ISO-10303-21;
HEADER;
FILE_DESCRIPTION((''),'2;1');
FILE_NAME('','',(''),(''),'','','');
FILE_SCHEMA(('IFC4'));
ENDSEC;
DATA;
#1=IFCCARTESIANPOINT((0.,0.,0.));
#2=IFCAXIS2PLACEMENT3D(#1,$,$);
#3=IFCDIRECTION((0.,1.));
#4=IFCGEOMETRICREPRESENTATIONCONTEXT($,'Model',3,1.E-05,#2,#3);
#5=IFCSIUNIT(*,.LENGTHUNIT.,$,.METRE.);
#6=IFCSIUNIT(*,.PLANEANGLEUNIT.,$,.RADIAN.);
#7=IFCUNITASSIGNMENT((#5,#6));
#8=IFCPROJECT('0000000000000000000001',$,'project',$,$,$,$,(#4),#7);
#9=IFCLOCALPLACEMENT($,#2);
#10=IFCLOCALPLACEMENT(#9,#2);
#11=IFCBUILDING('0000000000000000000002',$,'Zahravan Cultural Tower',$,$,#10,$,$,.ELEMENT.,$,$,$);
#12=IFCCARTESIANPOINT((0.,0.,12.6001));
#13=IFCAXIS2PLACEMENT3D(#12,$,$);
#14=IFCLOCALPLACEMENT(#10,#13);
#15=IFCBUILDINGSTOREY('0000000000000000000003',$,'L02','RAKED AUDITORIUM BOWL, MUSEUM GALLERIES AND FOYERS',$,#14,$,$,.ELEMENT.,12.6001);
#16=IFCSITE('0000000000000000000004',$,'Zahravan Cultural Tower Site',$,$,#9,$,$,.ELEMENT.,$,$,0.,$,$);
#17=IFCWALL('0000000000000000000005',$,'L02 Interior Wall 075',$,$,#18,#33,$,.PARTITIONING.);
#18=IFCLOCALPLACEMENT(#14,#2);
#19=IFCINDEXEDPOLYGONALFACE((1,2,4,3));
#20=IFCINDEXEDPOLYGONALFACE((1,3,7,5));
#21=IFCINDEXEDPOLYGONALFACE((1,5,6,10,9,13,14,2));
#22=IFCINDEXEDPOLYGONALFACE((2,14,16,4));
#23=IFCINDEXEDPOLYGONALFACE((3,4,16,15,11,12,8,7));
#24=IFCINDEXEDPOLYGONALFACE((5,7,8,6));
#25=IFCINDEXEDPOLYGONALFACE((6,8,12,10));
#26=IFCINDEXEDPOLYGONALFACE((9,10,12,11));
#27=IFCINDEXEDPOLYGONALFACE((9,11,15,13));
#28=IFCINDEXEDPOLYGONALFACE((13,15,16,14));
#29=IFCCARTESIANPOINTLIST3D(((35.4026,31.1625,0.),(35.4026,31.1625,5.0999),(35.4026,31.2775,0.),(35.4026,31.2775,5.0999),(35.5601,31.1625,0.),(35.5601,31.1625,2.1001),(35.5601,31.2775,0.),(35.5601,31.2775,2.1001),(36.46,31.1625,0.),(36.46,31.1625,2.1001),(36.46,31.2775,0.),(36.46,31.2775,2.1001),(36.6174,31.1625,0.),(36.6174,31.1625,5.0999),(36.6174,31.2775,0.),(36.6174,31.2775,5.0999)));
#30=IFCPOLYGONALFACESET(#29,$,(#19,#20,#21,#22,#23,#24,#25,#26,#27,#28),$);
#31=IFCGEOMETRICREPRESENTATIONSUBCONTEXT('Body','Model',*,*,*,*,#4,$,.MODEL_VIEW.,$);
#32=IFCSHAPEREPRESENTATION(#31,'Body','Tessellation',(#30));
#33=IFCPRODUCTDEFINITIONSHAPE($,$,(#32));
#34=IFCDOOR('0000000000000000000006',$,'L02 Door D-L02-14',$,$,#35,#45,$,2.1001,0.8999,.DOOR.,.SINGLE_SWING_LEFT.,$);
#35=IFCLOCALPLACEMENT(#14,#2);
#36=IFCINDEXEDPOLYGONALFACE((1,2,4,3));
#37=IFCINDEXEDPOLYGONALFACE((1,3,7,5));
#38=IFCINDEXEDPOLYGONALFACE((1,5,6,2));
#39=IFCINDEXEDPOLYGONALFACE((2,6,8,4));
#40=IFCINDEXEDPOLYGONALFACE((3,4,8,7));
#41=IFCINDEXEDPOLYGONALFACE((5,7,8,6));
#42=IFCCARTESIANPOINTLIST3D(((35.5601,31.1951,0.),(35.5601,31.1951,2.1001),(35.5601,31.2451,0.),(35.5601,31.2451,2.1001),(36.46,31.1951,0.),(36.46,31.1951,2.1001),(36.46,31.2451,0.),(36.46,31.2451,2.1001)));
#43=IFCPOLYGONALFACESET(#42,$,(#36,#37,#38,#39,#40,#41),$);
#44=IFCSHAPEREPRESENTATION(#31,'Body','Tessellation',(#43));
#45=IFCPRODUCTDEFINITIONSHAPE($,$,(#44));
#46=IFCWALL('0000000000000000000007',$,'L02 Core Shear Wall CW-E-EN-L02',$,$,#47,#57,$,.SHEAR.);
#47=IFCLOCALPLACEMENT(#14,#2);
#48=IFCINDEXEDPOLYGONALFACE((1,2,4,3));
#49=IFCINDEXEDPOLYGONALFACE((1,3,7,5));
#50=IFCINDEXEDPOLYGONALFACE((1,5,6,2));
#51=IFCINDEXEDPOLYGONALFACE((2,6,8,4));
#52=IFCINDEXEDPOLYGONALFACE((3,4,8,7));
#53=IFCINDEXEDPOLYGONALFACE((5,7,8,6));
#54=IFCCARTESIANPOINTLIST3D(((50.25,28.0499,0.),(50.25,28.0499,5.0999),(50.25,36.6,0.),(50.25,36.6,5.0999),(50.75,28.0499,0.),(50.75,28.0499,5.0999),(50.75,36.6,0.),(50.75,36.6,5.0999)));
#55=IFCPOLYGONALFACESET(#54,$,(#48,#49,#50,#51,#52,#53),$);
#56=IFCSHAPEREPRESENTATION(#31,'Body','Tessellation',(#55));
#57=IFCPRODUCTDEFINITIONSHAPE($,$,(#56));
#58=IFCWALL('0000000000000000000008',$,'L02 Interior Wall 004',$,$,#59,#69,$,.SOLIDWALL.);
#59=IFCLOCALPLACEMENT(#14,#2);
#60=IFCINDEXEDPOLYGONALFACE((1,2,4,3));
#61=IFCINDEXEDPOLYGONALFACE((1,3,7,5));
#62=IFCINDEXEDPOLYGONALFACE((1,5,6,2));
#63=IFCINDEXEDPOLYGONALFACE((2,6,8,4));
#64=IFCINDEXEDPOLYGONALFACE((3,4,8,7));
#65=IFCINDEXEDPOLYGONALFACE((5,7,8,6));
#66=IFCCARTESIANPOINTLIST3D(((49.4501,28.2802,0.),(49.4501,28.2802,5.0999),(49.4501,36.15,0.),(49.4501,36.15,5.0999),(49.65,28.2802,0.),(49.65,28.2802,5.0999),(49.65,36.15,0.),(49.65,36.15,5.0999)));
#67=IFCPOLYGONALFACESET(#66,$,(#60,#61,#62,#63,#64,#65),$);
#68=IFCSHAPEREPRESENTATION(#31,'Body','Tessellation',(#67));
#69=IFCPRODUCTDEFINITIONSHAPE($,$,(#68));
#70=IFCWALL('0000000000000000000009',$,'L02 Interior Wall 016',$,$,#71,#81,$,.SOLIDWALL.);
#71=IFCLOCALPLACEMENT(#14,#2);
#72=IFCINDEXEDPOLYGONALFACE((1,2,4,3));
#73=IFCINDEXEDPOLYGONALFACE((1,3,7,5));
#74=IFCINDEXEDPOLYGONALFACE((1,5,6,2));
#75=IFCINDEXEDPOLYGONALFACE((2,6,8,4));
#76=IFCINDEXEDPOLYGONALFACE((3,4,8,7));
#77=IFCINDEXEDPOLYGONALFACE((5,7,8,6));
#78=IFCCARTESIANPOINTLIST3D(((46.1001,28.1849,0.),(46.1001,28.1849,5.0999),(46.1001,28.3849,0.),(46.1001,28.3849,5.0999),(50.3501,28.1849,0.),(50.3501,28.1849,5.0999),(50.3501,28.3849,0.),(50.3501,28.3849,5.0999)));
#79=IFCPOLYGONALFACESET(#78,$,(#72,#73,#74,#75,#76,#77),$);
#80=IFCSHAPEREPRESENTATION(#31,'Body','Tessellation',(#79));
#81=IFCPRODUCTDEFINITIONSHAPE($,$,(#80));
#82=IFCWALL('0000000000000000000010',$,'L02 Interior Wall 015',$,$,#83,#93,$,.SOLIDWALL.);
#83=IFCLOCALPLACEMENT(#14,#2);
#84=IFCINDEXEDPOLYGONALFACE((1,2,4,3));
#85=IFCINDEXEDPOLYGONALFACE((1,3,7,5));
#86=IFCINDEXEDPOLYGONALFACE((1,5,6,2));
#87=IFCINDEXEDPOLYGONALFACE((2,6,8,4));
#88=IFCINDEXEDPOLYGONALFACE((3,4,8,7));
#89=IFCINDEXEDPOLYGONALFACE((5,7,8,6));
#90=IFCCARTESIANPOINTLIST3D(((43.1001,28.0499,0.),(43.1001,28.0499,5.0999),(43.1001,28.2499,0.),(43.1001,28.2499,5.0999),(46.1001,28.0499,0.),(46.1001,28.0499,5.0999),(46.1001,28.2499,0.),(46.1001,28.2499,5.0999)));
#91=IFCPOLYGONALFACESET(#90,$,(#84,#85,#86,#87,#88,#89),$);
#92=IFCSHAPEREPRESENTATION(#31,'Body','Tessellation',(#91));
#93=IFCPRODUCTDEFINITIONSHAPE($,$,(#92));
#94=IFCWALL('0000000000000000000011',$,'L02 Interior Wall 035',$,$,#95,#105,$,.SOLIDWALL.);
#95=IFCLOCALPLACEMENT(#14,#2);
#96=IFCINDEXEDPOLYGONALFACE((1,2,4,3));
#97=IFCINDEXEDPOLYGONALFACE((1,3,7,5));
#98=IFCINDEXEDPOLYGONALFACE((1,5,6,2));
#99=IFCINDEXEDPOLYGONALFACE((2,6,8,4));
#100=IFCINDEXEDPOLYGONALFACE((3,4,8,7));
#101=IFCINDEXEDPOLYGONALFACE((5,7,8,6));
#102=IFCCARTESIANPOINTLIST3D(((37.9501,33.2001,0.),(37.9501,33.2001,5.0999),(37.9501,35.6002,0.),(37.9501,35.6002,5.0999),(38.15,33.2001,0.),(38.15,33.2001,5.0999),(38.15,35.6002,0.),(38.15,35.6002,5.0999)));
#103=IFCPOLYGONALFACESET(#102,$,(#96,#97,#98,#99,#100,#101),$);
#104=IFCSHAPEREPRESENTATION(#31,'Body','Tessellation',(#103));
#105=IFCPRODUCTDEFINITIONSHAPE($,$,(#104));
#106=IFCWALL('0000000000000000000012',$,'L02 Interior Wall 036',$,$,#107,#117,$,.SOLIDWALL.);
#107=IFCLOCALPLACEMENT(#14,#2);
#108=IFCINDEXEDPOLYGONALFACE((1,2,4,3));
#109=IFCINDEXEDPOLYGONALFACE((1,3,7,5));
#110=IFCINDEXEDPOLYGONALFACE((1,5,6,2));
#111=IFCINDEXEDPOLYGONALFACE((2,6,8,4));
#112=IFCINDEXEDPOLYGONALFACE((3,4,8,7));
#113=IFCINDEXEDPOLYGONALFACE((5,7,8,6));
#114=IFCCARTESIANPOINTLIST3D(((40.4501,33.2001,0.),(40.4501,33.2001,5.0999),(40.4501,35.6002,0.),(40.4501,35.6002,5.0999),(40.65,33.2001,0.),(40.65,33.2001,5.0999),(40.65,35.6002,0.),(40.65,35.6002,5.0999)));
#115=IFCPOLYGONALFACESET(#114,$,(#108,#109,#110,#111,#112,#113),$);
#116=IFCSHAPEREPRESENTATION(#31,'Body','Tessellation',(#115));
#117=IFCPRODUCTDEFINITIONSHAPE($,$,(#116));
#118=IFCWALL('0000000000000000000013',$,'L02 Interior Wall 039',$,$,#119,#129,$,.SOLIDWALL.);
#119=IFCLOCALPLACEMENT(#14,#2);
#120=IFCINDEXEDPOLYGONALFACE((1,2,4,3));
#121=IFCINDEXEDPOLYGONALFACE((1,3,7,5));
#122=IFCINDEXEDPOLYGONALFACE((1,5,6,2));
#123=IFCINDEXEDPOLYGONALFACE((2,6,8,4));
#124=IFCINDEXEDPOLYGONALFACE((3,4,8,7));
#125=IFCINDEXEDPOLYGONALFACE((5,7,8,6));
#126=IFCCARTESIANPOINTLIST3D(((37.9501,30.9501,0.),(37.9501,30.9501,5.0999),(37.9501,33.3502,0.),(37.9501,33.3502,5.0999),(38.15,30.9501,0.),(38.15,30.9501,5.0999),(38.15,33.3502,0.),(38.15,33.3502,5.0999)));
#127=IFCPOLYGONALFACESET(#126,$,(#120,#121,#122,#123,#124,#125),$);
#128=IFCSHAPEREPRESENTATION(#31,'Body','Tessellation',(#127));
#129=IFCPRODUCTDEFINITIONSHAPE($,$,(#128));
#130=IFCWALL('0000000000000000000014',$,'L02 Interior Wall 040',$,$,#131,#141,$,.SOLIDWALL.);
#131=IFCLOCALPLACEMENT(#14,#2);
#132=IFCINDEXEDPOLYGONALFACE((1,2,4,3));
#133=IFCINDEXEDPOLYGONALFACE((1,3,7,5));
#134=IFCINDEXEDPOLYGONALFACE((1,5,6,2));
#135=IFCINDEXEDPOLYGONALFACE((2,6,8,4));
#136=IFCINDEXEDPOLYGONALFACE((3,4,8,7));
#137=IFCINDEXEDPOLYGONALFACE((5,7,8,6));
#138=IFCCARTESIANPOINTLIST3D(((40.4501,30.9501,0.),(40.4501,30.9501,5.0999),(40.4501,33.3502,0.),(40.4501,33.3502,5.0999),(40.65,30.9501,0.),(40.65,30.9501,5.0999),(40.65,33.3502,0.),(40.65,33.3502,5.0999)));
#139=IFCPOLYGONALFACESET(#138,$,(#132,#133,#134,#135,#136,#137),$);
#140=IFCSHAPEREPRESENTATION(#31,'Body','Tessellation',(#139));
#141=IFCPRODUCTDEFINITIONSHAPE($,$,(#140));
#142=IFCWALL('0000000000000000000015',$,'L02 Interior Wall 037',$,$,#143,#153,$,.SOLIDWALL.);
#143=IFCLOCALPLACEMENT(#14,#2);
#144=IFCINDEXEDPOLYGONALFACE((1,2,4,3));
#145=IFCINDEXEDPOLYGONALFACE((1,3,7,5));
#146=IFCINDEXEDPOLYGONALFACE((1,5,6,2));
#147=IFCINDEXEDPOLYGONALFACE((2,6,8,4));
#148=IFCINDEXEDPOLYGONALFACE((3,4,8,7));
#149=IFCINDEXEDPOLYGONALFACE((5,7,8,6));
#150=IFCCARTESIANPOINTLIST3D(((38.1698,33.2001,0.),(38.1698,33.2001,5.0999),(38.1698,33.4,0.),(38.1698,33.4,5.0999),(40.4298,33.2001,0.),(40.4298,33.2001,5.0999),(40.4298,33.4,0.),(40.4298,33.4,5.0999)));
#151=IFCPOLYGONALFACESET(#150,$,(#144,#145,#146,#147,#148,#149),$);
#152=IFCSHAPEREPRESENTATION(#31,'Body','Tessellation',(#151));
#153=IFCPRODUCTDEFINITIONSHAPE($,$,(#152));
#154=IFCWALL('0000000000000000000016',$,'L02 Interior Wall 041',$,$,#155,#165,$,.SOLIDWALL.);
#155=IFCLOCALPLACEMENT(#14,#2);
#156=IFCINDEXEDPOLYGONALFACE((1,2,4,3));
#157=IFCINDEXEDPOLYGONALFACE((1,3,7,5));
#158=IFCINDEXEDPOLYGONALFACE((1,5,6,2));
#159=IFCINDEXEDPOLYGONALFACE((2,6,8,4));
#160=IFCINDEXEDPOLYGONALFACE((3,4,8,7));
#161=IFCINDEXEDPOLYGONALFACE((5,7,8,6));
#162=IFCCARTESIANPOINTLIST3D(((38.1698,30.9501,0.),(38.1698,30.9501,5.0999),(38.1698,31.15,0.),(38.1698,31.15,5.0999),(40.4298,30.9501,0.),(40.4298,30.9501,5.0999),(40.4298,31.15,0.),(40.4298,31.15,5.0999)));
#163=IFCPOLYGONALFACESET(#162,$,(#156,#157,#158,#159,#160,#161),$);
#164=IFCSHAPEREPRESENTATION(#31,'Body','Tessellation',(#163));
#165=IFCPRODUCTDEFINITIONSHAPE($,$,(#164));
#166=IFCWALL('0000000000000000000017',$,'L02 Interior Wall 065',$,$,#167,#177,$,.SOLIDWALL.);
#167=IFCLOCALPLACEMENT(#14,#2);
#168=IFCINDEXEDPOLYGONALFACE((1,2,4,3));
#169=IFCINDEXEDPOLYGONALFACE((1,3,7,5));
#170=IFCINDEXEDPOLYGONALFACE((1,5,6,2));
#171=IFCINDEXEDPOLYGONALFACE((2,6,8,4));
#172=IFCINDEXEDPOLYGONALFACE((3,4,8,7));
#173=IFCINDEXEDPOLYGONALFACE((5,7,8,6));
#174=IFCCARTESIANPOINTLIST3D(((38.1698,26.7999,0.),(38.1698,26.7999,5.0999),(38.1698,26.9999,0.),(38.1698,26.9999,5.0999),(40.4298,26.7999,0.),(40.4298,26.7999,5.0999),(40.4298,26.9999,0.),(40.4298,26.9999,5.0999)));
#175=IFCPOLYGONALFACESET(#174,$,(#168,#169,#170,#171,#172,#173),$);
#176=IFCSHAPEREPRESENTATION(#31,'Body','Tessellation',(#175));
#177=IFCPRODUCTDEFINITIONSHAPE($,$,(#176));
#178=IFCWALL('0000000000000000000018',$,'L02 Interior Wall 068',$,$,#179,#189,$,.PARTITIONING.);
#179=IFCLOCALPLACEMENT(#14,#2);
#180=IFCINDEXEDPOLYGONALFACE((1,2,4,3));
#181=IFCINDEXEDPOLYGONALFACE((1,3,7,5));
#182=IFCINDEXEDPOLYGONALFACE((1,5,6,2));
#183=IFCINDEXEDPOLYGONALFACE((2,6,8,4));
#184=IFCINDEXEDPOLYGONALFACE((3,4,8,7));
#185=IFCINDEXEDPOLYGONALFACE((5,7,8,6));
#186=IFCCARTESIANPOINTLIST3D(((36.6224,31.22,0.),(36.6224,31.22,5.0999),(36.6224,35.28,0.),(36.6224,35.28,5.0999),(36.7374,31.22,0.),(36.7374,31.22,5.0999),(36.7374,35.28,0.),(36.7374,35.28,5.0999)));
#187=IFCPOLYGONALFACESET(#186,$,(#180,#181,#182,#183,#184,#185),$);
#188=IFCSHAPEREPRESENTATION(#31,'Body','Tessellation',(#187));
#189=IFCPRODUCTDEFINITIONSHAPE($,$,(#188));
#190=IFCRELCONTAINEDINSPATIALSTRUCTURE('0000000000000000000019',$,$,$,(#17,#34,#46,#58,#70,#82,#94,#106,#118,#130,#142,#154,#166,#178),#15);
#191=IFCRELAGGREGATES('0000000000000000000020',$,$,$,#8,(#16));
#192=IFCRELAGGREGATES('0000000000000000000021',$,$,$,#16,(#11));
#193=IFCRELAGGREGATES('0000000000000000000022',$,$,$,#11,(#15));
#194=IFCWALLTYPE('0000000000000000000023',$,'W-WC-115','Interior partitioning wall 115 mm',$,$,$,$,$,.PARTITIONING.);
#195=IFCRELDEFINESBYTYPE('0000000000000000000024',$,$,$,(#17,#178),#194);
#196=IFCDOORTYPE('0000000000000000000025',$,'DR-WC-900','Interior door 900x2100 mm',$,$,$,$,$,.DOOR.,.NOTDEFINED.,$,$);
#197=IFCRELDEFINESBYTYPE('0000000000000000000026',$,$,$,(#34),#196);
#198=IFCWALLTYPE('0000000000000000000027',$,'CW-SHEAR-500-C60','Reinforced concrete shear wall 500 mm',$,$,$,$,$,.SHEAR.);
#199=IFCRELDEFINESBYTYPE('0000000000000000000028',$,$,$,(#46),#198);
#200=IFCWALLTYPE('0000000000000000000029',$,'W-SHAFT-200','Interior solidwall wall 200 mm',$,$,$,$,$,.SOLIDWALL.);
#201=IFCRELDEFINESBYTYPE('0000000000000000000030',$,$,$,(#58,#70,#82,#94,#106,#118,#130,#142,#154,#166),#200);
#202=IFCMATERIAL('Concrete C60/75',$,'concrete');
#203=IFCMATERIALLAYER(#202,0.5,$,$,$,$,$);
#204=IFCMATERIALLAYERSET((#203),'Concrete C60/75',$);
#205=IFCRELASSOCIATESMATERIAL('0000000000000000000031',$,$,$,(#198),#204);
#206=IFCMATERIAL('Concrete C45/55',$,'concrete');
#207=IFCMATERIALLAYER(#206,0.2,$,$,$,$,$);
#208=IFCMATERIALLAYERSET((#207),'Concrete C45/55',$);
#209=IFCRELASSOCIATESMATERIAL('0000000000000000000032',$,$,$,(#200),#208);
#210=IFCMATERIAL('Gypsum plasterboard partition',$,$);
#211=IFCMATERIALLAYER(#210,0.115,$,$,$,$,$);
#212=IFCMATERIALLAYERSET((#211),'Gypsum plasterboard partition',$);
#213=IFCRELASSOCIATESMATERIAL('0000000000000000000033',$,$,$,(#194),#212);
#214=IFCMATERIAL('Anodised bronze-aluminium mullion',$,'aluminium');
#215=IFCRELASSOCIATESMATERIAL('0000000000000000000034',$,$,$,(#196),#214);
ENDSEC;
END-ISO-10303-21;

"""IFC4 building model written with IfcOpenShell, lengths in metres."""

from ifc_helpers import new_model, si_unit, direction, frame, frame_2d, origin, place, context, subcontext, project, spatial, rectangle, extrude, source, transform, mapped, material, layer, layer_set, type_object, element, fill, save


model = new_model("IFC4")

# Units and contexts
model_context = context("Model", 3, precision=1e-05, world=origin(), true_north=direction((0.0, 1.0)))
body_context = subcontext(model_context, "Body", "Model", "MODEL_VIEW")
ifc_project = project(units=[si_unit("LENGTHUNIT", "METRE"), si_unit("PLANEANGLEUNIT", "RADIAN")], contexts=[model_context])

# Site, building, storey
site_placement = place(None, origin())
site = spatial("IfcSite", under=ifc_project, at=site_placement, Name="Zahravan Cultural Tower Site", CompositionType="ELEMENT", RefElevation=0.0)
building_placement = place(site_placement, origin())
building = spatial("IfcBuilding", under=site, at=building_placement, Name="Zahravan Cultural Tower", CompositionType="ELEMENT")
storey_placement = place(building_placement, frame((0.0, 0.0, 12.6001)))
storey = spatial("IfcBuildingStorey", under=building, at=storey_placement, Name="L02", Description="RAKED AUDITORIUM BOWL, MUSEUM GALLERIES AND FOYERS", CompositionType="ELEMENT", Elevation=12.6001)

# Wall, opening, door
ifc_material_1 = material(Name="Concrete C60/75", Category="concrete")
ifc_layer_1 = layer(ifc_material_1, 0.5)
ifc_layer_set_1 = layer_set([ifc_layer_1], Name="Concrete C60/75")
wall_type_1 = type_object("IfcWallType", Name="CW-SHEAR-500-C60", Description="Reinforced concrete shear wall 500 mm", PredefinedType="SHEAR", material=ifc_layer_set_1)
ifc_material_2 = material(Name="Gypsum plasterboard partition")
ifc_material_3 = material(Name="Anodised bronze-aluminium mullion", Category="aluminium")
ifc_material_4 = material(Name="Concrete C45/55", Category="concrete")
ifc_layer_2 = layer(ifc_material_4, 0.2)
ifc_layer_set_2 = layer_set([ifc_layer_2], Name="Concrete C45/55")
wall_type_2 = type_object("IfcWallType", Name="W-SHAFT-200", Description="Interior solidwall wall 200 mm", PredefinedType="SOLIDWALL", material=ifc_layer_set_2)
ifc_layer_3 = layer(ifc_material_2, 0.115)
ifc_layer_set_3 = layer_set([ifc_layer_3], Name="Gypsum plasterboard partition")
wall_type_3 = type_object("IfcWallType", Name="W-WC-115", Description="Interior partitioning wall 115 mm", PredefinedType="PARTITIONING", material=ifc_layer_set_3)
door_type_1 = type_object("IfcDoorType", Name="DR-WC-900", Description="Interior door 900x2100 mm", OperationType="NOTDEFINED", PredefinedType="DOOR", material=ifc_material_3)
shared_shape_1 = source(origin(), body_context, "Body", "SweptSolid", [
    extrude(rectangle(XDim=0.8999, YDim=2.1001, at=frame_2d((0.45, 1.05))), frame((0.0, 0.0249, 0.0), z_axis=(0.0, -1.0, 0.0), x_axis=(1.0, 0.0, 0.0)), (0.0, 0.0, 1.0), 0.05),
])
wall_1_placement = place(storey_placement, frame((36.6174, 31.22, 0.0), z_axis=(0.0, 0.0, 1.0), x_axis=(-1.0, 0.0, 0.0)))
wall_1 = element("IfcWall", 1, at=wall_1_placement, inside=storey, type_object=wall_type_3, Name="L02 Interior Wall 075", PredefinedType="PARTITIONING", context=body_context, shape_type="SweptSolid", body=[
    extrude(rectangle(XDim=1.2148, YDim=0.115, at=frame_2d((0.6074, 0.0))), origin(), (0.0, 0.0, 1.0), 5.0999),
])
opening_1_placement = place(wall_1_placement, frame((0.1575, 0.0, 0.0)))
opening_1 = element("IfcOpeningElement", 2, at=opening_1_placement, cuts=wall_1, PredefinedType="OPENING", context=body_context, shape_type="SweptSolid", body=[
    extrude(rectangle(XDim=0.8999, YDim=2.1001, at=frame_2d((0.45, 1.05))), frame((0.0, 0.0674, 0.0), z_axis=(0.0, -1.0, 0.0), x_axis=(1.0, 0.0, 0.0)), (0.0, 0.0, 1.0), 0.135),
])
door_1_placement = place(opening_1_placement, origin())
door_1 = element("IfcDoor", 3, at=door_1_placement, inside=storey, type_object=door_type_1, Name="L02 Door D-L02-14", OperationType="SINGLE_SWING_LEFT", OverallHeight=2.1001, OverallWidth=0.8999, PredefinedType="DOOR", context=body_context, shape_type="MappedRepresentation", body=[
    mapped(shared_shape_1, transform((0.0, 0.0, 0.0), x_axis=(1.0, 0.0, 0.0), y_axis=(0.0, 1.0, 0.0), z_axis=(0.0, 0.0, 1.0), scale=1.0)),
])
fill(opening_1, door_1)

# Walls
shared_shape_2 = source(origin(), body_context, "Body", "SweptSolid", [
    extrude(rectangle(XDim=8.55, YDim=0.5, at=frame_2d((4.2749, 0.0))), origin(), (0.0, 0.0, 1.0), 5.0999),
])
wall_2_placement = place(storey_placement, frame((50.5, 28.05, 0.0), z_axis=(0.0, 0.0, 1.0), x_axis=(0.0, 1.0, 0.0)))
element("IfcWall", 4, at=wall_2_placement, inside=storey, type_object=wall_type_1, Name="L02 Core Shear Wall CW-E-EN-L02", PredefinedType="SHEAR", context=body_context, shape_type="MappedRepresentation", body=[
    mapped(shared_shape_2, transform((0.0, 0.0, 0.0), x_axis=(1.0, 0.0, 0.0), y_axis=(0.0, 1.0, 0.0), z_axis=(0.0, 0.0, 1.0), scale=1.0)),
])
shared_shape_3 = source(origin(), body_context, "Body", "SweptSolid", [
    extrude(rectangle(XDim=7.8699, YDim=0.2, at=frame_2d((3.9351, 0.0))), origin(), (0.0, 0.0, 1.0), 5.0999),
])
wall_3_placement = place(storey_placement, frame((49.55, 28.28, 0.0), z_axis=(0.0, 0.0, 1.0), x_axis=(0.0, 1.0, 0.0)))
element("IfcWall", 5, at=wall_3_placement, inside=storey, type_object=wall_type_2, Name="L02 Interior Wall 004", PredefinedType="SOLIDWALL", context=body_context, shape_type="MappedRepresentation", body=[
    mapped(shared_shape_3, transform((0.0, 0.0, 0.0), x_axis=(1.0, 0.0, 0.0), y_axis=(0.0, 1.0, 0.0), z_axis=(0.0, 0.0, 1.0), scale=1.0)),
])
shared_shape_4 = source(origin(), body_context, "Body", "SweptSolid", [
    extrude(rectangle(XDim=4.25, YDim=0.2, at=frame_2d((2.125, 0.0))), origin(), (0.0, 0.0, 1.0), 5.0999),
])
wall_4_placement = place(storey_placement, frame((46.1001, 28.2849, 0.0), z_axis=(0.0, 0.0, 1.0), x_axis=(1.0, 0.0, 0.0)))
element("IfcWall", 6, at=wall_4_placement, inside=storey, type_object=wall_type_2, Name="L02 Interior Wall 016", PredefinedType="SOLIDWALL", context=body_context, shape_type="MappedRepresentation", body=[
    mapped(shared_shape_4, transform((0.0, 0.0, 0.0), x_axis=(1.0, 0.0, 0.0), y_axis=(0.0, 1.0, 0.0), z_axis=(0.0, 0.0, 1.0), scale=1.0)),
])
shared_shape_5 = source(origin(), body_context, "Body", "SweptSolid", [
    extrude(rectangle(XDim=3.0, YDim=0.2, at=frame_2d((1.5, 0.0))), origin(), (0.0, 0.0, 1.0), 5.0999),
])
wall_5_placement = place(storey_placement, frame((43.1001, 28.1499, 0.0), z_axis=(0.0, 0.0, 1.0), x_axis=(1.0, 0.0, 0.0)))
element("IfcWall", 7, at=wall_5_placement, inside=storey, type_object=wall_type_2, Name="L02 Interior Wall 015", PredefinedType="SOLIDWALL", context=body_context, shape_type="MappedRepresentation", body=[
    mapped(shared_shape_5, transform((0.0, 0.0, 0.0), x_axis=(1.0, 0.0, 0.0), y_axis=(0.0, 1.0, 0.0), z_axis=(0.0, 0.0, 1.0), scale=1.0)),
])
shared_shape_6 = source(origin(), body_context, "Body", "SweptSolid", [
    extrude(rectangle(XDim=2.4001, YDim=0.2, at=frame_2d((1.2002, 0.0))), origin(), (0.0, 0.0, 1.0), 5.0999),
])
for number, where, z_axis, x_axis, name in (
    (8, (38.05, 33.2, 0.0), (0.0, 0.0, 1.0), (0.0, 1.0, 0.0), "L02 Interior Wall 035"),
    (9, (40.55, 33.2, 0.0), (0.0, 0.0, 1.0), (0.0, 1.0, 0.0), "L02 Interior Wall 036"),
    (10, (38.05, 30.95, 0.0), (0.0, 0.0, 1.0), (0.0, 1.0, 0.0), "L02 Interior Wall 039"),
    (11, (40.55, 30.95, 0.0), (0.0, 0.0, 1.0), (0.0, 1.0, 0.0), "L02 Interior Wall 040"),
):
    element("IfcWall", number, at=place(storey_placement, frame(where, z_axis=z_axis, x_axis=x_axis)), inside=storey, type_object=wall_type_2, Name=name, PredefinedType="SOLIDWALL", context=body_context, shape_type="MappedRepresentation", body=[
        mapped(shared_shape_6, transform((0.0, 0.0, 0.0), x_axis=(1.0, 0.0, 0.0), y_axis=(0.0, 1.0, 0.0), z_axis=(0.0, 0.0, 1.0), scale=1.0)),
    ])
shared_shape_7 = source(origin(), body_context, "Body", "SweptSolid", [
    extrude(rectangle(XDim=2.26, YDim=0.2, at=frame_2d((1.1299, 0.0))), origin(), (0.0, 0.0, 1.0), 5.0999),
])
for number, where, z_axis, x_axis, name in (
    (12, (38.1699, 33.3, 0.0), (0.0, 0.0, 1.0), (1.0, 0.0, 0.0), "L02 Interior Wall 037"),
    (13, (38.1699, 31.05, 0.0), (0.0, 0.0, 1.0), (1.0, 0.0, 0.0), "L02 Interior Wall 041"),
    (14, (38.1699, 26.8999, 0.0), (0.0, 0.0, 1.0), (1.0, 0.0, 0.0), "L02 Interior Wall 065"),
):
    element("IfcWall", number, at=place(storey_placement, frame(where, z_axis=z_axis, x_axis=x_axis)), inside=storey, type_object=wall_type_2, Name=name, PredefinedType="SOLIDWALL", context=body_context, shape_type="MappedRepresentation", body=[
        mapped(shared_shape_7, transform((0.0, 0.0, 0.0), x_axis=(1.0, 0.0, 0.0), y_axis=(0.0, 1.0, 0.0), z_axis=(0.0, 0.0, 1.0), scale=1.0)),
    ])
shared_shape_8 = source(origin(), body_context, "Body", "SweptSolid", [
    extrude(rectangle(XDim=4.0601, YDim=0.115, at=frame_2d((2.03, 0.0))), origin(), (0.0, 0.0, 1.0), 5.0999),
])
wall_6_placement = place(storey_placement, frame((36.6799, 31.22, 0.0), z_axis=(0.0, 0.0, 1.0), x_axis=(0.0, 1.0, 0.0)))
element("IfcWall", 15, at=wall_6_placement, inside=storey, type_object=wall_type_3, Name="L02 Interior Wall 068", PredefinedType="PARTITIONING", context=body_context, shape_type="MappedRepresentation", body=[
    mapped(shared_shape_8, transform((0.0, 0.0, 0.0), x_axis=(1.0, 0.0, 0.0), y_axis=(0.0, 1.0, 0.0), z_axis=(0.0, 0.0, 1.0), scale=1.0)),
])

save(model, "model.ifc")
